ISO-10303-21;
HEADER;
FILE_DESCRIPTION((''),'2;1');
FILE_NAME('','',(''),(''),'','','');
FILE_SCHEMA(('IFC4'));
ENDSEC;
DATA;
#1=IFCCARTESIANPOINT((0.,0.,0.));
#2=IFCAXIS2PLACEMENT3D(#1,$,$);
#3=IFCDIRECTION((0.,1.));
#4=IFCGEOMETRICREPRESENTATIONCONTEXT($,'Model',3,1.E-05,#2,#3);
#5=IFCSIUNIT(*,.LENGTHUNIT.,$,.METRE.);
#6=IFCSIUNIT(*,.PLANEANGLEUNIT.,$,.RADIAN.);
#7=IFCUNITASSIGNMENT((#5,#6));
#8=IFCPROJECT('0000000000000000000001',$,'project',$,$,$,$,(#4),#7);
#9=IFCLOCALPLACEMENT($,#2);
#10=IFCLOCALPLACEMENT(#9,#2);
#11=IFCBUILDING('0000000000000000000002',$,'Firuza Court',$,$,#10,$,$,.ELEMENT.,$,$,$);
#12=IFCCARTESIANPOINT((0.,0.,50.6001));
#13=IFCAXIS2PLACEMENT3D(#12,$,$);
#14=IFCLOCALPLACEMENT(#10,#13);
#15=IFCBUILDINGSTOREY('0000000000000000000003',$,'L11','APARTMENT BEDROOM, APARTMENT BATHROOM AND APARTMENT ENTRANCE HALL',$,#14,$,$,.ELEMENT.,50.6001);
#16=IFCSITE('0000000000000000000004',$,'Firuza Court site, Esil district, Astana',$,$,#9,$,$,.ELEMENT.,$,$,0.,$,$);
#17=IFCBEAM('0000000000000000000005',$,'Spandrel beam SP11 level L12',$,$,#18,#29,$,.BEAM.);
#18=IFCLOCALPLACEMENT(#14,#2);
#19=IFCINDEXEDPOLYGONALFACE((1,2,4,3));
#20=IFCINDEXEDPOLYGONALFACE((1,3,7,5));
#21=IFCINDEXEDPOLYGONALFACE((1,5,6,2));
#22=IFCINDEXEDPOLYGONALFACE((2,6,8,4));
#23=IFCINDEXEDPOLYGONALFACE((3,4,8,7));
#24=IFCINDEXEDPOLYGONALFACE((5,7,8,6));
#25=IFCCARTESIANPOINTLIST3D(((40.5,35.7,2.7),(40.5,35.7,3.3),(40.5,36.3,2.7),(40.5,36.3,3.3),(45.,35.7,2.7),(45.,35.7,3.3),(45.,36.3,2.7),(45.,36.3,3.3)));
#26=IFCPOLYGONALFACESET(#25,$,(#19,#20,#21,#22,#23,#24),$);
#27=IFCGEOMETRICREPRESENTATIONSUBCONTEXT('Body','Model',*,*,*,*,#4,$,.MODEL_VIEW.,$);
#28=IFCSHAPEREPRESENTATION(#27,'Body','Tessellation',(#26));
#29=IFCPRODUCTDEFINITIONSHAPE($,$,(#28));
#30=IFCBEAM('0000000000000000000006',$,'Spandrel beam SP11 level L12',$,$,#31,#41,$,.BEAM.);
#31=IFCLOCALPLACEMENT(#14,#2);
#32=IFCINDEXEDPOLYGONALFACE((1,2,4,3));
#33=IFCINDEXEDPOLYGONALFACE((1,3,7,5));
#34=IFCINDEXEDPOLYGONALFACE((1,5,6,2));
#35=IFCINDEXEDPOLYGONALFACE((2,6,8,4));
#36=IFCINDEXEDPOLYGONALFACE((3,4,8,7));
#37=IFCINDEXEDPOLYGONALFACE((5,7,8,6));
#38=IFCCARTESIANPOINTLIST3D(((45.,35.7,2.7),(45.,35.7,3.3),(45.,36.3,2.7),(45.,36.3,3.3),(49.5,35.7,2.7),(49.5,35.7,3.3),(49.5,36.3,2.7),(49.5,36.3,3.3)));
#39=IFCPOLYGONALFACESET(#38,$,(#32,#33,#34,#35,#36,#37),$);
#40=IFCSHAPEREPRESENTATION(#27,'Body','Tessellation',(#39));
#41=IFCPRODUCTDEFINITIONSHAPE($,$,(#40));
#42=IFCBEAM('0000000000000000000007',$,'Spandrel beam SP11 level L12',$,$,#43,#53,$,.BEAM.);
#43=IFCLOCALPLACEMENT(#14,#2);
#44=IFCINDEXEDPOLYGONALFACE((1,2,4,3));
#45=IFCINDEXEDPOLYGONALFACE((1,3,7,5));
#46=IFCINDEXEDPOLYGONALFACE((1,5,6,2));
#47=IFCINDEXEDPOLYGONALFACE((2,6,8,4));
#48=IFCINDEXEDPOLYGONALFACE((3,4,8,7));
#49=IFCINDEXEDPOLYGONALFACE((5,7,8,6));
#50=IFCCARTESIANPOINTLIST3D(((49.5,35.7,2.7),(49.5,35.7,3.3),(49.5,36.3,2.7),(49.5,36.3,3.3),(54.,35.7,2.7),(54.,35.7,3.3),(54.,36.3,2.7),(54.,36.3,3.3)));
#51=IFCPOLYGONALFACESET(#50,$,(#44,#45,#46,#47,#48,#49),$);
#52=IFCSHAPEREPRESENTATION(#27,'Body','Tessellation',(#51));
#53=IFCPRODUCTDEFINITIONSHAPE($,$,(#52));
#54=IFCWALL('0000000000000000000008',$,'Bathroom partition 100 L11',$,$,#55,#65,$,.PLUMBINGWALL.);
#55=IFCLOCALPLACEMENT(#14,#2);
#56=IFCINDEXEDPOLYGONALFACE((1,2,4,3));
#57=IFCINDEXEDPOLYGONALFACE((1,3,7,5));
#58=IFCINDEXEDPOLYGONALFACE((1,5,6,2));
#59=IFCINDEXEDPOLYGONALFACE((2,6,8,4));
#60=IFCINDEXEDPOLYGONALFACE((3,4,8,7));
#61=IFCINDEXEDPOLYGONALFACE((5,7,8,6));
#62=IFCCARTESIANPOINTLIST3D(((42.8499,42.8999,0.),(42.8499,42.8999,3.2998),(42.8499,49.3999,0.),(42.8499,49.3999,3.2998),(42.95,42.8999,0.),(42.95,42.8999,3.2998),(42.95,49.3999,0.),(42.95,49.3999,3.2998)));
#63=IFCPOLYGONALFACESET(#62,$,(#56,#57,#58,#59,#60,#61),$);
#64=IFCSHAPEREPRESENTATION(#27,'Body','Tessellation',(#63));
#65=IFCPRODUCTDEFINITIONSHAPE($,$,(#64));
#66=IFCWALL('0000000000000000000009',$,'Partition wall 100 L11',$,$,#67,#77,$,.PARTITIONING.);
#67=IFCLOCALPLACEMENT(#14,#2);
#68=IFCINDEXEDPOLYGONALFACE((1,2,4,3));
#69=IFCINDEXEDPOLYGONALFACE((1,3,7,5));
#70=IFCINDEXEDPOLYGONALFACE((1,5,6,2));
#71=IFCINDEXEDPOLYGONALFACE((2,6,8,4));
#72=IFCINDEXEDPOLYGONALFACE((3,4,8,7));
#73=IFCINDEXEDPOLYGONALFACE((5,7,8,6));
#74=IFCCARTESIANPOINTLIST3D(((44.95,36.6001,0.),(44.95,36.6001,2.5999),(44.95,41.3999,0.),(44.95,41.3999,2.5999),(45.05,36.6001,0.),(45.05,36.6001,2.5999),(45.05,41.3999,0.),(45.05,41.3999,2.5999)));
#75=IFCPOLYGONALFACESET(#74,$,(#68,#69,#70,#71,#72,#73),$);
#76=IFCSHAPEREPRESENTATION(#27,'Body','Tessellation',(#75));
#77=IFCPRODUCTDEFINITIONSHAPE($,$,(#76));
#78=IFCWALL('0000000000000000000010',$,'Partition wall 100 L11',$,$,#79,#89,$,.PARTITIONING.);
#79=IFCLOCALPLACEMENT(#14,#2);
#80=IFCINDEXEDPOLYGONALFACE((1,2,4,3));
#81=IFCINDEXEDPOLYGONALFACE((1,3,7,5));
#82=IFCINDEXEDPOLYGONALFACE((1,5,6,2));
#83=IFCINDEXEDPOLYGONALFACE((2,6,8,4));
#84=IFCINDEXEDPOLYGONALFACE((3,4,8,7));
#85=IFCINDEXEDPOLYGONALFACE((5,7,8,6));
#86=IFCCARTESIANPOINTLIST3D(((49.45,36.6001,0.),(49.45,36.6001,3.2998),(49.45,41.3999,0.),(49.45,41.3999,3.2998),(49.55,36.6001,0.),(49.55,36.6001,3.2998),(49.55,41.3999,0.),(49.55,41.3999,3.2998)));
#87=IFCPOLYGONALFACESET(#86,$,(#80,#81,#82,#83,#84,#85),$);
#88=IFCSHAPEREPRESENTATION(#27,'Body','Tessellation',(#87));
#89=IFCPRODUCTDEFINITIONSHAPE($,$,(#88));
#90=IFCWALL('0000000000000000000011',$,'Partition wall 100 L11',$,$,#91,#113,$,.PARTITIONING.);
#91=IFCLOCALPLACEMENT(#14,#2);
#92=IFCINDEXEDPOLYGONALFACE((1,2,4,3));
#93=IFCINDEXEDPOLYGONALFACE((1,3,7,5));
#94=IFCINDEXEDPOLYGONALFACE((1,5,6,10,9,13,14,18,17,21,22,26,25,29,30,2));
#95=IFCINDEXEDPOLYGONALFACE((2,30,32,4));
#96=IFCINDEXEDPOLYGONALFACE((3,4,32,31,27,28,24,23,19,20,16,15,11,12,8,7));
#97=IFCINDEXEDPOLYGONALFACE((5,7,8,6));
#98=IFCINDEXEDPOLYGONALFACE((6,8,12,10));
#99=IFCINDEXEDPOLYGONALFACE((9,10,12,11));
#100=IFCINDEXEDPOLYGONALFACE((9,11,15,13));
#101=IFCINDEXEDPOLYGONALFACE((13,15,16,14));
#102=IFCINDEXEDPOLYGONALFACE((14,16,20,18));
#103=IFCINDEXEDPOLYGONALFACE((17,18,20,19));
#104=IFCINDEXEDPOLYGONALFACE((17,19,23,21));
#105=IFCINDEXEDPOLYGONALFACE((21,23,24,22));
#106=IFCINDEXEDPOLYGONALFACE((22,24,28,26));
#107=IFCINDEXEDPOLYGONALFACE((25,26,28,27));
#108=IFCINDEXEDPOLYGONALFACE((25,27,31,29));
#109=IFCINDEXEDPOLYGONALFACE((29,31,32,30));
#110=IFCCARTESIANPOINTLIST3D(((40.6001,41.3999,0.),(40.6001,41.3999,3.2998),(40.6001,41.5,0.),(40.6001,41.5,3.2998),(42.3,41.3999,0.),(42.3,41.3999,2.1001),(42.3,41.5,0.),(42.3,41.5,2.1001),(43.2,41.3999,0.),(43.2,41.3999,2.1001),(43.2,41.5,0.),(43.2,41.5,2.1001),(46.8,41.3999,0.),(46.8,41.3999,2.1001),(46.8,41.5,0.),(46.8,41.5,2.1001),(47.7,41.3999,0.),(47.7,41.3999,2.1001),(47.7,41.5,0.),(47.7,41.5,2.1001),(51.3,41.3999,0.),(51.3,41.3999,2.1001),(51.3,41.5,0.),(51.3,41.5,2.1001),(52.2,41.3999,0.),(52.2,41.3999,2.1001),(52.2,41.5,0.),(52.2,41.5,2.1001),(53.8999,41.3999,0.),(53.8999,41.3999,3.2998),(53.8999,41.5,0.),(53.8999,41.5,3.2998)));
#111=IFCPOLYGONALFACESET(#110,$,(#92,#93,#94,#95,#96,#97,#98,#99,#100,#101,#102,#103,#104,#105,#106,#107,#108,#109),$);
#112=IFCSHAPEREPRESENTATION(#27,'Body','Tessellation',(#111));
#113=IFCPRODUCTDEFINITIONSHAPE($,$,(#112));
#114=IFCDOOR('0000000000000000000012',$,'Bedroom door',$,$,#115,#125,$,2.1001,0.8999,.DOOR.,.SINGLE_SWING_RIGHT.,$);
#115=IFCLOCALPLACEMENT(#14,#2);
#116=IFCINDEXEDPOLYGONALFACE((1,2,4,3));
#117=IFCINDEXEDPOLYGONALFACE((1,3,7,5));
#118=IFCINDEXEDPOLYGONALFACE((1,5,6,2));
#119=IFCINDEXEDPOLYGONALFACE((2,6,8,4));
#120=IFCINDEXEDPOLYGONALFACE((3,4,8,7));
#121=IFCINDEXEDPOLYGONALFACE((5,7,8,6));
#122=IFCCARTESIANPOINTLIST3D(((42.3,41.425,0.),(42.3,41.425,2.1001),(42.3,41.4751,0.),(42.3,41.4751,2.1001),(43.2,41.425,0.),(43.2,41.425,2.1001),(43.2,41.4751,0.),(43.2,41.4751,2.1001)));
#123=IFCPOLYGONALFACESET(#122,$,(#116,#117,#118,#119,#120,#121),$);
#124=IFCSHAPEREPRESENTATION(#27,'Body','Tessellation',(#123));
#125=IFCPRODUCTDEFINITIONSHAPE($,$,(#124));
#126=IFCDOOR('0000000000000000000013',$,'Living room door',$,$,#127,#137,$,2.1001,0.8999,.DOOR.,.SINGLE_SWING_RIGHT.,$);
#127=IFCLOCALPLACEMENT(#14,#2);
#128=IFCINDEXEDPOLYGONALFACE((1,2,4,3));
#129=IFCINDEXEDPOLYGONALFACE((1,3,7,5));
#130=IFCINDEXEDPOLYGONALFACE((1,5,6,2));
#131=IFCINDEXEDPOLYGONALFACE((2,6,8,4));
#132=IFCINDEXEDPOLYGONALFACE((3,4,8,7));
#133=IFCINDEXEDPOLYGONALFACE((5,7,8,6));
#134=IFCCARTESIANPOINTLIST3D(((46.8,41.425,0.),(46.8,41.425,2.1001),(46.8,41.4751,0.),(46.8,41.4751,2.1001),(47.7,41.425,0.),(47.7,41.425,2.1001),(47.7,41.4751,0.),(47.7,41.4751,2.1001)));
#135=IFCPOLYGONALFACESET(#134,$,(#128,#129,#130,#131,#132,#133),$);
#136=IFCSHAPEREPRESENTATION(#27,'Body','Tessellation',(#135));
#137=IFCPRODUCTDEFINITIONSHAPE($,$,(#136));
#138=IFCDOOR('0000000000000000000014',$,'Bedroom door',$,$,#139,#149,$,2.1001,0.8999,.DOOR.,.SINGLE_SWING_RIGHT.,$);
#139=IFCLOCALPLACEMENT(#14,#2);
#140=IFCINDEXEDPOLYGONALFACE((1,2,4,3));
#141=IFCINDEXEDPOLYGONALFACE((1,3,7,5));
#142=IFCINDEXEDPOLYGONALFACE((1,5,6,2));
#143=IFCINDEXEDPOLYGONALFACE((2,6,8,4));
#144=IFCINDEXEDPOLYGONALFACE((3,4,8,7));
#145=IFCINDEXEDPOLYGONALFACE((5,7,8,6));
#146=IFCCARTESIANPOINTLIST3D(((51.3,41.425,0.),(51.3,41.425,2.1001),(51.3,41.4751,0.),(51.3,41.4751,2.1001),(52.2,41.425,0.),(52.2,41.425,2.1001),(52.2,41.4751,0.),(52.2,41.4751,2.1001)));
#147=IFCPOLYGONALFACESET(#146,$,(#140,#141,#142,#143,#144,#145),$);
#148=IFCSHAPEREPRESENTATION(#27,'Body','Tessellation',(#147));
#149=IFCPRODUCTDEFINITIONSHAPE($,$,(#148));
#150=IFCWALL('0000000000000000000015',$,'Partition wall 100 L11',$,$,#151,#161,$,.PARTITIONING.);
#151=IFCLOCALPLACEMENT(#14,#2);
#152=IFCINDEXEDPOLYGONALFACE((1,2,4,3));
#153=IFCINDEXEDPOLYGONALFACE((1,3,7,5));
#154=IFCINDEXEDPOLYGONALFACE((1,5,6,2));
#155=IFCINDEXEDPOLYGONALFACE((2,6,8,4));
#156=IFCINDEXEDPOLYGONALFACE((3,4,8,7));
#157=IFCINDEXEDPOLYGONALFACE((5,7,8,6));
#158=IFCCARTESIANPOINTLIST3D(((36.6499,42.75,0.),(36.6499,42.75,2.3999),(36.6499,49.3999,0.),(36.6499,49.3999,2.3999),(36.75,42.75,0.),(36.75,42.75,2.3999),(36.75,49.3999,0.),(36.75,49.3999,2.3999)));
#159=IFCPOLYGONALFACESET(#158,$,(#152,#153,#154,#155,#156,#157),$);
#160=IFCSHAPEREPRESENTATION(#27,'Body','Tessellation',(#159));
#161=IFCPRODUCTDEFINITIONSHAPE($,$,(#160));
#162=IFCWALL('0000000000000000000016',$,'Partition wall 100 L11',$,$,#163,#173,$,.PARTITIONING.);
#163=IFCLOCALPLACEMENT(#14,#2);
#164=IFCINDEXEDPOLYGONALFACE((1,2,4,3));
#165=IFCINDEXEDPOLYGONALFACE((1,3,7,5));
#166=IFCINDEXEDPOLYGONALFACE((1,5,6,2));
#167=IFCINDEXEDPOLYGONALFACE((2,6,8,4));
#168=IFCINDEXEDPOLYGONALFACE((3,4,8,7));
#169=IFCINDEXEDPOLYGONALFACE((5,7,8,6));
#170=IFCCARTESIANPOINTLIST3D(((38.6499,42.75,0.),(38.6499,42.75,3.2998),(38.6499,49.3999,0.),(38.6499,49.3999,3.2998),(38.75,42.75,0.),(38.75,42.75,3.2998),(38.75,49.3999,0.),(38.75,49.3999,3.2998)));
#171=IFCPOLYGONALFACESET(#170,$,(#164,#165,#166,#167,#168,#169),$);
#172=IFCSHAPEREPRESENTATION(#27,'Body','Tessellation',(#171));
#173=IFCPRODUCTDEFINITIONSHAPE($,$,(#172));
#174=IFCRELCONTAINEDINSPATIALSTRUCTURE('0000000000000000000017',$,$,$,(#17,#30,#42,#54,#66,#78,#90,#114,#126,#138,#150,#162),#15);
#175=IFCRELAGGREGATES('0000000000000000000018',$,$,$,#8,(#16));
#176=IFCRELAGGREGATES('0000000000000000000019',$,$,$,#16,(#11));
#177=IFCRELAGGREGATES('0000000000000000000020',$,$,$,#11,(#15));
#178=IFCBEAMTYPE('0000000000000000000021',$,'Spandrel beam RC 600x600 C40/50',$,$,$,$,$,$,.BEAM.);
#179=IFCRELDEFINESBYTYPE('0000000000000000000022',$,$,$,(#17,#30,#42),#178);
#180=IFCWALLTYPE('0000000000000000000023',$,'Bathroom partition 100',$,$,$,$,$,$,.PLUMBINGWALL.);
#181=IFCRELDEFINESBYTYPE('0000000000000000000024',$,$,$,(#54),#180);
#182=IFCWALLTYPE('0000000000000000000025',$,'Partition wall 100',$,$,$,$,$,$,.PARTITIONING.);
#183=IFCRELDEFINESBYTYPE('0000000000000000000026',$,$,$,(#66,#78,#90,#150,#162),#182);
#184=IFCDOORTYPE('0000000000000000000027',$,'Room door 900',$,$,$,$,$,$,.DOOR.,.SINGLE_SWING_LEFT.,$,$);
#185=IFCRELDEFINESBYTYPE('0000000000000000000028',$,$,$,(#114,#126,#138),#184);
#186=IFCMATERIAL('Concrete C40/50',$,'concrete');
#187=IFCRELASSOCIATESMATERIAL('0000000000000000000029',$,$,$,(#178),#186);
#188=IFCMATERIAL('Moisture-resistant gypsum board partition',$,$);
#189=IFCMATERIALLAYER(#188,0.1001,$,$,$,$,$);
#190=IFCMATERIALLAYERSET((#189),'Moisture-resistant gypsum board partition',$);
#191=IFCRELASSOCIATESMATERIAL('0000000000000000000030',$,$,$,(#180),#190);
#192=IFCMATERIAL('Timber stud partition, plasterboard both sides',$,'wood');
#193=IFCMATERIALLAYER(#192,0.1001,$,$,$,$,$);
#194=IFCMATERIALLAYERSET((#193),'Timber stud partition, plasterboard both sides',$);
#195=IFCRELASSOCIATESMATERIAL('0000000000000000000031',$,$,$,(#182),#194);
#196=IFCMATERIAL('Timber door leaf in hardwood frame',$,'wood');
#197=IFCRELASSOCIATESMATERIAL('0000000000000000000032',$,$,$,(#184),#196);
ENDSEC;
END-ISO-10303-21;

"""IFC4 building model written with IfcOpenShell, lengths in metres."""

from ifc_helpers import new_model, si_unit, direction, frame, frame_2d, origin, origin_2d, place, context, subcontext, project, spatial, rectangle, extrude, material, layer, layer_set, material_profile, profile_set, type_object, element, fill, save


model = new_model("IFC4")

# Units and contexts
model_context = context("Model", 3, precision=1e-05, world=origin(), true_north=direction((0.0, 1.0)))
body_context = subcontext(model_context, "Body", "Model", "MODEL_VIEW")
ifc_project = project(units=[si_unit("LENGTHUNIT", "METRE"), si_unit("PLANEANGLEUNIT", "RADIAN")], contexts=[model_context])

# Site, building, storey
site_placement = place(None, origin())
site = spatial("IfcSite", under=ifc_project, at=site_placement, Name="Firuza Court site, Esil district, Astana", CompositionType="ELEMENT", RefElevation=0.0)
building_placement = place(site_placement, origin())
building = spatial("IfcBuilding", under=site, at=building_placement, Name="Firuza Court", CompositionType="ELEMENT")
storey_placement = place(building_placement, frame((0.0, 0.0, 50.6001)))
storey = spatial("IfcBuildingStorey", under=building, at=storey_placement, Name="L11", Description="APARTMENT BEDROOM, APARTMENT BATHROOM AND APARTMENT ENTRANCE HALL", CompositionType="ELEMENT", Elevation=50.6001)

# Beams
ifc_material_1 = material(Name="Concrete C40/50", Category="concrete")
ifc_material_profile_1 = material_profile(ifc_material_1, rectangle(XDim=0.6001, YDim=0.6001, at=origin_2d()), Name="RC 600x600")
ifc_profile_set_1 = profile_set([ifc_material_profile_1], Name="Concrete C40/50")
beam_type_1 = type_object("IfcBeamType", Name="Spandrel beam RC 600x600 C40/50", PredefinedType="BEAM", material=ifc_profile_set_1)
for number, where, z_axis, x_axis, name in (
    (1, (40.5, 36.0, 3.0), (1.0, 0.0, 0.0), (0.0, 1.0, 0.0), "Spandrel beam SP11 level L12"),
    (2, (45.0, 36.0, 3.0), (1.0, 0.0, 0.0), (0.0, 1.0, 0.0), "Spandrel beam SP11 level L12"),
    (3, (49.5, 36.0, 3.0), (1.0, 0.0, 0.0), (0.0, 1.0, 0.0), "Spandrel beam SP11 level L12"),
):
    element("IfcBeam", number, at=place(storey_placement, frame(where, z_axis=z_axis, x_axis=x_axis)), inside=storey, type_object=beam_type_1, Name=name, PredefinedType="BEAM", context=body_context, shape_type="SweptSolid", body=[
        extrude(rectangle(XDim=0.6001, YDim=0.6001, at=origin_2d()), origin(), (0.0, 0.0, 1.0), 4.5),
    ])

# Walls
ifc_material_2 = material(Name="Moisture-resistant gypsum board partition")
ifc_layer_1 = layer(ifc_material_2, 0.1001)
ifc_layer_set_1 = layer_set([ifc_layer_1], Name="Moisture-resistant gypsum board partition")
wall_type_1 = type_object("IfcWallType", Name="Bathroom partition 100", PredefinedType="PLUMBINGWALL", material=ifc_layer_set_1)
wall_1_placement = place(storey_placement, frame((42.8999, 42.8999, 0.0), z_axis=(0.0, 0.0, 1.0), x_axis=(0.0, 1.0, 0.0)))
element("IfcWall", 4, at=wall_1_placement, inside=storey, type_object=wall_type_1, Name="Bathroom partition 100 L11", PredefinedType="PLUMBINGWALL", context=body_context, shape_type="SweptSolid", body=[
    extrude(rectangle(XDim=6.5, YDim=0.1001, at=frame_2d((3.25, 0.0))), origin(), (0.0, 0.0, 1.0), 3.2998),
])
ifc_material_3 = material(Name="Timber stud partition, plasterboard both sides", Category="wood")
ifc_layer_2 = layer(ifc_material_3, 0.1001)
ifc_layer_set_2 = layer_set([ifc_layer_2], Name="Timber stud partition, plasterboard both sides")
wall_type_2 = type_object("IfcWallType", Name="Partition wall 100", PredefinedType="PARTITIONING", material=ifc_layer_set_2)
wall_2_placement = place(storey_placement, frame((45.0, 36.6001, 0.0), z_axis=(0.0, 0.0, 1.0), x_axis=(0.0, 1.0, 0.0)))
element("IfcWall", 5, at=wall_2_placement, inside=storey, type_object=wall_type_2, Name="Partition wall 100 L11", PredefinedType="PARTITIONING", context=body_context, shape_type="SweptSolid", body=[
    extrude(rectangle(XDim=4.7998, YDim=0.1001, at=frame_2d((2.3999, 0.0))), origin(), (0.0, 0.0, 1.0), 2.5999),
])
wall_3_placement = place(storey_placement, frame((49.5, 36.6001, 0.0), z_axis=(0.0, 0.0, 1.0), x_axis=(0.0, 1.0, 0.0)))
element("IfcWall", 6, at=wall_3_placement, inside=storey, type_object=wall_type_2, Name="Partition wall 100 L11", PredefinedType="PARTITIONING", context=body_context, shape_type="SweptSolid", body=[
    extrude(rectangle(XDim=4.7998, YDim=0.1001, at=frame_2d((2.3999, 0.0))), origin(), (0.0, 0.0, 1.0), 3.2998),
])

# Wall, openings, doors
wall_4_placement = place(storey_placement, frame((40.6001, 41.45, 0.0), z_axis=(0.0, 0.0, 1.0), x_axis=(1.0, 0.0, 0.0)))
wall_4 = element("IfcWall", 7, at=wall_4_placement, inside=storey, type_object=wall_type_2, Name="Partition wall 100 L11", PredefinedType="PARTITIONING", context=body_context, shape_type="SweptSolid", body=[
    extrude(rectangle(XDim=13.2998, YDim=0.1001, at=frame_2d((6.6499, 0.0))), origin(), (0.0, 0.0, 1.0), 3.2998),
])
opening_1_placement = place(wall_4_placement, frame((1.7, 0.0, 0.0)))
opening_1 = element("IfcOpeningElement", 8, at=opening_1_placement, cuts=wall_4, PredefinedType="OPENING", context=body_context, shape_type="SweptSolid", body=[
    extrude(rectangle(XDim=0.8999, YDim=2.1001, at=frame_2d((0.45, 1.05))), frame((0.0, 0.062, 0.0), z_axis=(0.0, -1.0, 0.0), x_axis=(1.0, 0.0, 0.0)), (0.0, 0.0, 1.0), 0.124),
])
opening_2_placement = place(wall_4_placement, frame((6.2, 0.0, 0.0)))
opening_2 = element("IfcOpeningElement", 9, at=opening_2_placement, cuts=wall_4, PredefinedType="OPENING", context=body_context, shape_type="SweptSolid", body=[
    extrude(rectangle(XDim=0.8999, YDim=2.1001, at=frame_2d((0.45, 1.05))), frame((0.0, 0.062, 0.0), z_axis=(0.0, -1.0, 0.0), x_axis=(1.0, 0.0, 0.0)), (0.0, 0.0, 1.0), 0.124),
])
opening_3_placement = place(wall_4_placement, frame((10.7, 0.0, 0.0)))
opening_3 = element("IfcOpeningElement", 10, at=opening_3_placement, cuts=wall_4, PredefinedType="OPENING", context=body_context, shape_type="SweptSolid", body=[
    extrude(rectangle(XDim=0.8999, YDim=2.1001, at=frame_2d((0.45, 1.05))), frame((0.0, 0.062, 0.0), z_axis=(0.0, -1.0, 0.0), x_axis=(1.0, 0.0, 0.0)), (0.0, 0.0, 1.0), 0.124),
])
ifc_material_4 = material(Name="Timber door leaf in hardwood frame", Category="wood")
door_type_1 = type_object("IfcDoorType", Name="Room door 900", OperationType="SINGLE_SWING_LEFT", PredefinedType="DOOR", material=ifc_material_4)
door_1_placement = place(opening_1_placement, frame((0.8999, 0.0, 0.0), z_axis=(0.0, 0.0, 1.0), x_axis=(-1.0, 0.0, 0.0)))
door_1 = element("IfcDoor", 11, at=door_1_placement, inside=storey, type_object=door_type_1, Name="Bedroom door", OperationType="SINGLE_SWING_RIGHT", OverallHeight=2.1001, OverallWidth=0.8999, PredefinedType="DOOR", context=body_context, shape_type="SweptSolid", body=[
    extrude(rectangle(XDim=0.8999, YDim=2.1001, at=frame_2d((0.45, 1.05))), frame((0.0, 0.0249, 0.0), z_axis=(0.0, -1.0, 0.0), x_axis=(1.0, 0.0, 0.0)), (0.0, 0.0, 1.0), 0.05),
])
fill(opening_1, door_1)
door_2_placement = place(opening_2_placement, frame((0.8999, 0.0, 0.0), z_axis=(0.0, 0.0, 1.0), x_axis=(-1.0, 0.0, 0.0)))
door_2 = element("IfcDoor", 12, at=door_2_placement, inside=storey, type_object=door_type_1, Name="Living room door", OperationType="SINGLE_SWING_RIGHT", OverallHeight=2.1001, OverallWidth=0.8999, PredefinedType="DOOR", context=body_context, shape_type="SweptSolid", body=[
    extrude(rectangle(XDim=0.8999, YDim=2.1001, at=frame_2d((0.45, 1.05))), frame((0.0, 0.0249, 0.0), z_axis=(0.0, -1.0, 0.0), x_axis=(1.0, 0.0, 0.0)), (0.0, 0.0, 1.0), 0.05),
])
fill(opening_2, door_2)
door_3_placement = place(opening_3_placement, frame((0.8999, 0.0, 0.0), z_axis=(0.0, 0.0, 1.0), x_axis=(-1.0, 0.0, 0.0)))
door_3 = element("IfcDoor", 13, at=door_3_placement, inside=storey, type_object=door_type_1, Name="Bedroom door", OperationType="SINGLE_SWING_RIGHT", OverallHeight=2.1001, OverallWidth=0.8999, PredefinedType="DOOR", context=body_context, shape_type="SweptSolid", body=[
    extrude(rectangle(XDim=0.8999, YDim=2.1001, at=frame_2d((0.45, 1.05))), frame((0.0, 0.0249, 0.0), z_axis=(0.0, -1.0, 0.0), x_axis=(1.0, 0.0, 0.0)), (0.0, 0.0, 1.0), 0.05),
])
fill(opening_3, door_3)

# Walls
wall_5_placement = place(storey_placement, frame((36.7, 42.75, 0.0), z_axis=(0.0, 0.0, 1.0), x_axis=(0.0, 1.0, 0.0)))
element("IfcWall", 14, at=wall_5_placement, inside=storey, type_object=wall_type_2, Name="Partition wall 100 L11", PredefinedType="PARTITIONING", context=body_context, shape_type="SweptSolid", body=[
    extrude(rectangle(XDim=6.6499, YDim=0.1001, at=frame_2d((3.325, 0.0))), origin(), (0.0, 0.0, 1.0), 2.3999),
])
wall_6_placement = place(storey_placement, frame((38.7, 42.75, 0.0), z_axis=(0.0, 0.0, 1.0), x_axis=(0.0, 1.0, 0.0)))
element("IfcWall", 15, at=wall_6_placement, inside=storey, type_object=wall_type_2, Name="Partition wall 100 L11", PredefinedType="PARTITIONING", context=body_context, shape_type="SweptSolid", body=[
    extrude(rectangle(XDim=6.6499, YDim=0.1001, at=frame_2d((3.325, 0.0))), origin(), (0.0, 0.0, 1.0), 3.2998),
])

save(model, "model.ifc")
